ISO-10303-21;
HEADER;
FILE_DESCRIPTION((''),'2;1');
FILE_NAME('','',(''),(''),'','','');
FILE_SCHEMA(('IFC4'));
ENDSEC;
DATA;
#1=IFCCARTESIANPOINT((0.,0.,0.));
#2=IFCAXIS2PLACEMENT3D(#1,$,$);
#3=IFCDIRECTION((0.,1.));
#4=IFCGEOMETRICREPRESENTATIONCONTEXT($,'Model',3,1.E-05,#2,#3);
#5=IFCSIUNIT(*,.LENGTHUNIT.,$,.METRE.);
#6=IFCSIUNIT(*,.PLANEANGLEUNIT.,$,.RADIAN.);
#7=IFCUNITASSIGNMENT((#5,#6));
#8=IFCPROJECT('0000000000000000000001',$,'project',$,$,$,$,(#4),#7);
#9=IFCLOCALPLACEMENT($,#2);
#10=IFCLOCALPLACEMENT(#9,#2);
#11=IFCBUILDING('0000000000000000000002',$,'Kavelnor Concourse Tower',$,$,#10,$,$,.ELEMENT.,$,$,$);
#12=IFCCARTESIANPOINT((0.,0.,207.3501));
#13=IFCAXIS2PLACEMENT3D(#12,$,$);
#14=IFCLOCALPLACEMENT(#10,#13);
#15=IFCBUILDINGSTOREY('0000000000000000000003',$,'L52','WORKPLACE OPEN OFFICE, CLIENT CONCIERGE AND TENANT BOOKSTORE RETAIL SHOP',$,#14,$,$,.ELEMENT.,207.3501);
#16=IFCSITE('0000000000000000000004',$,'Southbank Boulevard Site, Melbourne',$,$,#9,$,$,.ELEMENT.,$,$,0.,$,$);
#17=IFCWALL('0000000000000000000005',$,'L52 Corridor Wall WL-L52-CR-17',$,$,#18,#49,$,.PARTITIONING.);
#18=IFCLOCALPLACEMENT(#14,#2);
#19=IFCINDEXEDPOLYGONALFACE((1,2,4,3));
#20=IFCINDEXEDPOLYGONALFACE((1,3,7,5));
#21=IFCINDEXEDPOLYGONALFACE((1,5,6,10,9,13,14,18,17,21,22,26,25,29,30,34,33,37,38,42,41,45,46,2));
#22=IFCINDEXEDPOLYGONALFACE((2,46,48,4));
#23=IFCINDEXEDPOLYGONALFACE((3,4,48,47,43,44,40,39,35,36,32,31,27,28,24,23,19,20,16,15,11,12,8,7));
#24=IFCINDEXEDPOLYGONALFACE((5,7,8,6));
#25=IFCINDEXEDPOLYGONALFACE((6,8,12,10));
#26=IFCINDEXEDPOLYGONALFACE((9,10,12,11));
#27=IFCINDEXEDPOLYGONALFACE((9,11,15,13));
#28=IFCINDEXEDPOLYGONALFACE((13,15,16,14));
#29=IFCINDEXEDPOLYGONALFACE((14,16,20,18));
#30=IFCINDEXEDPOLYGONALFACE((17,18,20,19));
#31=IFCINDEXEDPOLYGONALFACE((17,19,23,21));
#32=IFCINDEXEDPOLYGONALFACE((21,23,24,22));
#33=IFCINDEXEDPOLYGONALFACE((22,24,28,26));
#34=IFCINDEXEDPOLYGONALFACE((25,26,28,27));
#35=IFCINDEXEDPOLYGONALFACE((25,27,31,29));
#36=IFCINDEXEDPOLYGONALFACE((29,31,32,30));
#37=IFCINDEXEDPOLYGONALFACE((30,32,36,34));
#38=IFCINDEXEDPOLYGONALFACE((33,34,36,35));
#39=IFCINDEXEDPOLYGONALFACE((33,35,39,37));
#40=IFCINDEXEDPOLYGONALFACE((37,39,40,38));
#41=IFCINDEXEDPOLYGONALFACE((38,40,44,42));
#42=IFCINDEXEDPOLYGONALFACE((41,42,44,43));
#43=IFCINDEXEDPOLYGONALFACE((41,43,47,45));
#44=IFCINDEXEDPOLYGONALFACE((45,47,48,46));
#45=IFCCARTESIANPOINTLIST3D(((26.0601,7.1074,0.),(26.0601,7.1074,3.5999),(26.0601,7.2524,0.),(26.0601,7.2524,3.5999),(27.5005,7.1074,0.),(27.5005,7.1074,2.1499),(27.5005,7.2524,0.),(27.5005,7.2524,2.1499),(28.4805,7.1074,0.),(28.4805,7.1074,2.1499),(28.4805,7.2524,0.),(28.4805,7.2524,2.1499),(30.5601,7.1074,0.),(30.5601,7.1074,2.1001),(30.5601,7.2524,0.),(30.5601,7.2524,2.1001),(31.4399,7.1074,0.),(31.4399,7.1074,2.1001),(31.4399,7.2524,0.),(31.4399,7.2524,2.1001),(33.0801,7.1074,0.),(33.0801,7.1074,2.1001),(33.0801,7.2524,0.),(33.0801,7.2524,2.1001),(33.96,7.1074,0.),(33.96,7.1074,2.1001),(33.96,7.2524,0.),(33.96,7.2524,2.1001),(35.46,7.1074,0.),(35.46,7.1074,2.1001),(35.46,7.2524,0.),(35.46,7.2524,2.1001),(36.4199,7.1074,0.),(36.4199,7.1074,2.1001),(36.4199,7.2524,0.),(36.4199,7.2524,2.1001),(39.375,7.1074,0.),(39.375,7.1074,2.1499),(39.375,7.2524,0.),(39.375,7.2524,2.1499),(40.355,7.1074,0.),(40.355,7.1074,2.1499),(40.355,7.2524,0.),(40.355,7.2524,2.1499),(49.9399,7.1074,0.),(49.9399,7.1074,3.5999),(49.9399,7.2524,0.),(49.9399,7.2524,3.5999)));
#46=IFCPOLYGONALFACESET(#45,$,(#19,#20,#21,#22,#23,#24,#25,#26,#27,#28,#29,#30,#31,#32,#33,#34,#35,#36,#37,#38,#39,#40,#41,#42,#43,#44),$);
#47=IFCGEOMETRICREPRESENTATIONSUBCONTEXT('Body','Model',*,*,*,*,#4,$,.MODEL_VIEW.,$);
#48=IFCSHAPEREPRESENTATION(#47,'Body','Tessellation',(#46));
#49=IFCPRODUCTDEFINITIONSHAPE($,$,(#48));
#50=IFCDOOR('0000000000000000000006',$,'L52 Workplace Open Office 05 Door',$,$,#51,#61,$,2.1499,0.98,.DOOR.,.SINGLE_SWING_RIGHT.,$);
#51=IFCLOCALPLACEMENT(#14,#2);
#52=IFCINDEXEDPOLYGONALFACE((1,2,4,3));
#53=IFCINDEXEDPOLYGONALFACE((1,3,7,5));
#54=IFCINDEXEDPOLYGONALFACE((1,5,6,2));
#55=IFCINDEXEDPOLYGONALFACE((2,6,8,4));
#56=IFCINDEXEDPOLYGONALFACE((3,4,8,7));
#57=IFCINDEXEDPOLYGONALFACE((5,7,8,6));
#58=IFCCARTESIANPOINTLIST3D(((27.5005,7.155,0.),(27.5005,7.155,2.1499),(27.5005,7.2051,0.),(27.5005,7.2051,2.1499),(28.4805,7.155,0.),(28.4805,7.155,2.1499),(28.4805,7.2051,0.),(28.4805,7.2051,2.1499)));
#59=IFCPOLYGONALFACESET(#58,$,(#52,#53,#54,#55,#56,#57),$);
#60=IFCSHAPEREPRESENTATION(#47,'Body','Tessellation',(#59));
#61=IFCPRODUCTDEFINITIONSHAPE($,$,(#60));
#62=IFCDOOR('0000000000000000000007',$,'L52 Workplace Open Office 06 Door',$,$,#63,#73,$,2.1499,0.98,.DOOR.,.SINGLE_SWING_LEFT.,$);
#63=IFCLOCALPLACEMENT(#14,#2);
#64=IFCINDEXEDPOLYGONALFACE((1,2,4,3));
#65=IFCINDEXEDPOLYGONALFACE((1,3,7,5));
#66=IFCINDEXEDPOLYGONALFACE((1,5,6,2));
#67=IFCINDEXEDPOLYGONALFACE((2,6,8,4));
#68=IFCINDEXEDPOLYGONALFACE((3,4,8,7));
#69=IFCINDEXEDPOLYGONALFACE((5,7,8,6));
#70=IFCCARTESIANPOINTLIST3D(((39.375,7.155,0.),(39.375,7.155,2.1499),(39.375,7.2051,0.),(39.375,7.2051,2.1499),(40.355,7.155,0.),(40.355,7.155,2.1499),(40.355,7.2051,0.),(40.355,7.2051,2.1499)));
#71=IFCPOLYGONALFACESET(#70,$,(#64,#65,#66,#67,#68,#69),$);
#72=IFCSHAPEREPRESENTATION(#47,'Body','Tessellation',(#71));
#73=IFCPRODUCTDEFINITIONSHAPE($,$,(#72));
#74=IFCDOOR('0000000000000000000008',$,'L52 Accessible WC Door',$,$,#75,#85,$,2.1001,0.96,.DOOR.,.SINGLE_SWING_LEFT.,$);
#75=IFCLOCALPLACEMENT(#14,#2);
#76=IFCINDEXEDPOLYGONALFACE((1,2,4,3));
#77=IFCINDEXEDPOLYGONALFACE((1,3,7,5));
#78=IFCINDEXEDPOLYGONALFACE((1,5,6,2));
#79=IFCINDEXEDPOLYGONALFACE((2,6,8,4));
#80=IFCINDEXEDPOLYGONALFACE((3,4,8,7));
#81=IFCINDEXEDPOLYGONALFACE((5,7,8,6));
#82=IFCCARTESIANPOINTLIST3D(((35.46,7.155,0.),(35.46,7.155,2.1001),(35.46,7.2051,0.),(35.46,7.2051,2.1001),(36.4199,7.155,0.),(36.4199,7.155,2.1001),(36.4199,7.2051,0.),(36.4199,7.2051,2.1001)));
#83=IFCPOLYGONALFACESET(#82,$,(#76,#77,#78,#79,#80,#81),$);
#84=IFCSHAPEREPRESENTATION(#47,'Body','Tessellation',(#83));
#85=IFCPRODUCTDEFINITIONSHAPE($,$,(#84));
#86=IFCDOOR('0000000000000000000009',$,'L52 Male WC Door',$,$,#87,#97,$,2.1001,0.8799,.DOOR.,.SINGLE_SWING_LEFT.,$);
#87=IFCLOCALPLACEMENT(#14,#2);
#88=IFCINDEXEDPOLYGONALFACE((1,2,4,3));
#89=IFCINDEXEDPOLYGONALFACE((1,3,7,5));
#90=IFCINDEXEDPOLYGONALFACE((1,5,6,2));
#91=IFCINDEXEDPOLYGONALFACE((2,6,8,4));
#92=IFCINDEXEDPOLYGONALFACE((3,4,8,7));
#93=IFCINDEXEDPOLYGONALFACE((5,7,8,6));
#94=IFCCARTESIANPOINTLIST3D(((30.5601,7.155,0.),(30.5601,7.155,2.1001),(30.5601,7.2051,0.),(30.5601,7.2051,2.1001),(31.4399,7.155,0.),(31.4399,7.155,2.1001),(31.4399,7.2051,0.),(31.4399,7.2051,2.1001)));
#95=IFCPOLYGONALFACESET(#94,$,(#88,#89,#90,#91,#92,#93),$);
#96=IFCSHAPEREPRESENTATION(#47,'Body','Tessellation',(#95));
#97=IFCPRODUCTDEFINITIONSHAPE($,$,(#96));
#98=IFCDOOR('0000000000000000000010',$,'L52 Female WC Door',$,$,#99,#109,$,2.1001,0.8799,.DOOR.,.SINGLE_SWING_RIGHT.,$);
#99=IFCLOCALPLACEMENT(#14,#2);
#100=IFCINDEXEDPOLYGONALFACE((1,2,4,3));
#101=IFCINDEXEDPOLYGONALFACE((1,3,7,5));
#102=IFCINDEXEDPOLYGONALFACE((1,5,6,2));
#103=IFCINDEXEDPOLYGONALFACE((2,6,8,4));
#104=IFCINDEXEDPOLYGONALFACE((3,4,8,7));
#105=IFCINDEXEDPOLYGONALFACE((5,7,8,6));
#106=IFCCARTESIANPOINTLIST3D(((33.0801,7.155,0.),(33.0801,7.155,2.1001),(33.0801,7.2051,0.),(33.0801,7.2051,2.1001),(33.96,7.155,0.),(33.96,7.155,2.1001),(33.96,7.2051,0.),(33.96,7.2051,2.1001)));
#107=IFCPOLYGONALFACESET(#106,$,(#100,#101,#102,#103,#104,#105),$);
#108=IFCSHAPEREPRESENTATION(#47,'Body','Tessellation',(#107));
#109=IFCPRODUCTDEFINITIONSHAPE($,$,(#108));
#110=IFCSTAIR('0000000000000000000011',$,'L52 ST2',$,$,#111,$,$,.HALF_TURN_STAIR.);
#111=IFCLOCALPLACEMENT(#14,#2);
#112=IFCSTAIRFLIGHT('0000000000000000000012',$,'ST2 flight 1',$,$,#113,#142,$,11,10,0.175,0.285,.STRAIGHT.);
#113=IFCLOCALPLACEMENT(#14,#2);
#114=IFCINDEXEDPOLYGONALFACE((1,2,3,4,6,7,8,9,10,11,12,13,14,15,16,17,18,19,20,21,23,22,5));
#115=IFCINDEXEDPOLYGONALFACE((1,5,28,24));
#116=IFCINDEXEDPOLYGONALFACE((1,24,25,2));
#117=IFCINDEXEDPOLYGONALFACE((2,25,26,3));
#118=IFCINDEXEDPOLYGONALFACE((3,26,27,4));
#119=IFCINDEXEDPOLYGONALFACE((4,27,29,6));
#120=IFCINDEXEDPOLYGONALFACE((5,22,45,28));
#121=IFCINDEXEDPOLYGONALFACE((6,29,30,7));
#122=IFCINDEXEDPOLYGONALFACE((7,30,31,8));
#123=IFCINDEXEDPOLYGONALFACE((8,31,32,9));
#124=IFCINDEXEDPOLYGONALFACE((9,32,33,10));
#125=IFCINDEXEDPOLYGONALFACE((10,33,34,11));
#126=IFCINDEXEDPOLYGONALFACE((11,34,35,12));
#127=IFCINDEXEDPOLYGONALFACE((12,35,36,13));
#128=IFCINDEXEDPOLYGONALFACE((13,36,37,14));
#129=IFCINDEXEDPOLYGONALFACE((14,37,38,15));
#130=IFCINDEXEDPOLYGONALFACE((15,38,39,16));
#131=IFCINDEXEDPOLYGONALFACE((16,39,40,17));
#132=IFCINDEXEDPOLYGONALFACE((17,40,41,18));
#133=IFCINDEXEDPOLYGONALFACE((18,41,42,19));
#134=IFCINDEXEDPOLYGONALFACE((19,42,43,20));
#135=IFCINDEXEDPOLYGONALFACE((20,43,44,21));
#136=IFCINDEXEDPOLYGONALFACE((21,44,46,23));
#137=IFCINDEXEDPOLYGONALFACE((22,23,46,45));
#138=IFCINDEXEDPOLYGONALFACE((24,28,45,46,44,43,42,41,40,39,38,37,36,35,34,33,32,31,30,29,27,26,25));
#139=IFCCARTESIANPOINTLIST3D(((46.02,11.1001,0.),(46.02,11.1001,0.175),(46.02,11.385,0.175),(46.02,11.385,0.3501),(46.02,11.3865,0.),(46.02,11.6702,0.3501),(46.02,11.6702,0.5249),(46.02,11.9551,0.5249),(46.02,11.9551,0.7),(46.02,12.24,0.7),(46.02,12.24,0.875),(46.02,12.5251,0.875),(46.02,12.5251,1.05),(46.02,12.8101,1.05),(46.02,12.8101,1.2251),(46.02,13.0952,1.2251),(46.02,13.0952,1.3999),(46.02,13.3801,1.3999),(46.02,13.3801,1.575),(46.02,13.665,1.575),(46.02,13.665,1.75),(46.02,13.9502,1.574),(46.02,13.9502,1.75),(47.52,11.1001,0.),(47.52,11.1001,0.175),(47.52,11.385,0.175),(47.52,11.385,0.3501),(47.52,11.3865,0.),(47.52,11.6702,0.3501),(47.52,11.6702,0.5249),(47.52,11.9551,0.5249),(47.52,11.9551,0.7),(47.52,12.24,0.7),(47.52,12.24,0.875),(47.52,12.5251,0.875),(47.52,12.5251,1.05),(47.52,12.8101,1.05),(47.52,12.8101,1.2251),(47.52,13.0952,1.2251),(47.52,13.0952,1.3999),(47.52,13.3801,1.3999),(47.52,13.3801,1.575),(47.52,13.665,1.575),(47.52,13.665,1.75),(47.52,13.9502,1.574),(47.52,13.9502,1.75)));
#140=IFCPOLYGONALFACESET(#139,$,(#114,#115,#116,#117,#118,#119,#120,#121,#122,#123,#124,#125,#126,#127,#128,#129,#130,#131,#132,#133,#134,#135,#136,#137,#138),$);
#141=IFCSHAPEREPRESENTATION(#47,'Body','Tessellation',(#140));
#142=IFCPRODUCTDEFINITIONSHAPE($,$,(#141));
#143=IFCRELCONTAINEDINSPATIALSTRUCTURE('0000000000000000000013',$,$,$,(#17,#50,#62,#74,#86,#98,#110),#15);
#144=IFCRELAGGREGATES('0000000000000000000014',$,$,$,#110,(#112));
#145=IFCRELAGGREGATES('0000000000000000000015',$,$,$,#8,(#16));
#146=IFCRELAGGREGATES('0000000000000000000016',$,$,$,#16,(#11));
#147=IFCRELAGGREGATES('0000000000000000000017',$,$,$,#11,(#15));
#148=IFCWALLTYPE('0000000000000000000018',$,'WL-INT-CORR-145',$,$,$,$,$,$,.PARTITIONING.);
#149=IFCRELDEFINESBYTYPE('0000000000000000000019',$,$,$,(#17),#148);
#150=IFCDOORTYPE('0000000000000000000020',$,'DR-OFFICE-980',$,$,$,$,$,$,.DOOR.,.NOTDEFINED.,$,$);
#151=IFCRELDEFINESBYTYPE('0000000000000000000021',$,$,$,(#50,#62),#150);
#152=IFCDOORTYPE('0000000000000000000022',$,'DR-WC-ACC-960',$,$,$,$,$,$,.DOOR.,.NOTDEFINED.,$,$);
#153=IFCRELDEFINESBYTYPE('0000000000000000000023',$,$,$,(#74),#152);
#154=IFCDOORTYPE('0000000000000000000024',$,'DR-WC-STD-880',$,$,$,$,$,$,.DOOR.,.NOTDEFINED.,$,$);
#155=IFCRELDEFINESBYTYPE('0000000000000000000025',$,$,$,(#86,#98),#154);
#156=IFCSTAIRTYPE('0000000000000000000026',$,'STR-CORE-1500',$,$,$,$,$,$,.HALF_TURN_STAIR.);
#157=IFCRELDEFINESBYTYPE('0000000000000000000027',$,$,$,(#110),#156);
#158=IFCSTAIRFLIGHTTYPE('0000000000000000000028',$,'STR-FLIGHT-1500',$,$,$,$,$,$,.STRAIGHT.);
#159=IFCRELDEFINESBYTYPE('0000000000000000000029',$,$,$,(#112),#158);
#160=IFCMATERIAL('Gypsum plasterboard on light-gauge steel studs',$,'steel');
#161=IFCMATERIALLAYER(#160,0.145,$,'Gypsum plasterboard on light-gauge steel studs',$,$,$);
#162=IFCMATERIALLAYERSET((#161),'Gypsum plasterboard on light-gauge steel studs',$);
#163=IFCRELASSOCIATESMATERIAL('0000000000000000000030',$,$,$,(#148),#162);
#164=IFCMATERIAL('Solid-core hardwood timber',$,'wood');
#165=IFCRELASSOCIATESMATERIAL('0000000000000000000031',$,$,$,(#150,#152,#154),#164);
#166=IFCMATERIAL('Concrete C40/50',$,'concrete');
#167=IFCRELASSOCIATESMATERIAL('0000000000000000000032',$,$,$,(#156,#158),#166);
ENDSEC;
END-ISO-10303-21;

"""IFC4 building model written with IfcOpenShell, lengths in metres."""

from ifc_helpers import new_model, si_unit, direction, frame, frame_2d, origin, place, context, subcontext, project, spatial, polyline, rectangle, outline, extrude, material, layer, layer_set, type_object, element, fill, aggregate, save


model = new_model("IFC4")

# Units and contexts
model_context = context("Model", 3, precision=1e-05, world=origin(), true_north=direction((0.0, 1.0)))
body_context = subcontext(model_context, "Body", "Model", "MODEL_VIEW")
ifc_project = project(units=[si_unit("LENGTHUNIT", "METRE"), si_unit("PLANEANGLEUNIT", "RADIAN")], contexts=[model_context])

# Site, building, storey
site_placement = place(None, origin())
site = spatial("IfcSite", under=ifc_project, at=site_placement, Name="Southbank Boulevard Site, Melbourne", CompositionType="ELEMENT", RefElevation=0.0)
building_placement = place(site_placement, origin())
building = spatial("IfcBuilding", under=site, at=building_placement, Name="Kavelnor Concourse Tower", CompositionType="ELEMENT")
storey_placement = place(building_placement, frame((0.0, 0.0, 207.3501)))
storey = spatial("IfcBuildingStorey", under=building, at=storey_placement, Name="L52", Description="WORKPLACE OPEN OFFICE, CLIENT CONCIERGE AND TENANT BOOKSTORE RETAIL SHOP", CompositionType="ELEMENT", Elevation=207.3501)

# Shared definitions
ifc_material_1 = material(Name="Gypsum plasterboard on light-gauge steel studs", Category="steel")
ifc_layer_1 = layer(ifc_material_1, 0.145, Name="Gypsum plasterboard on light-gauge steel studs")
ifc_layer_set_1 = layer_set([ifc_layer_1], Name="Gypsum plasterboard on light-gauge steel studs")
wall_type_1 = type_object("IfcWallType", Name="WL-INT-CORR-145", PredefinedType="PARTITIONING", material=ifc_layer_set_1)

# Wall, openings, doors
wall_1_placement = place(storey_placement, frame((49.9399, 7.1799, 0.0), z_axis=(0.0, 0.0, 1.0), x_axis=(-1.0, 0.0, 0.0)))
wall_1 = element("IfcWall", 1, at=wall_1_placement, inside=storey, type_object=wall_type_1, Name="L52 Corridor Wall WL-L52-CR-17", PredefinedType="PARTITIONING", context=body_context, shape_type="SweptSolid", body=[
    extrude(rectangle(XDim=23.8799, YDim=0.145, at=frame_2d((11.9399, 0.0))), origin(), (0.0, 0.0, 1.0), 3.5999),
])
opening_1_placement = place(wall_1_placement, frame((18.5, 0.0, 0.0)))
opening_1 = element("IfcOpeningElement", 2, at=opening_1_placement, cuts=wall_1, PredefinedType="OPENING", context=body_context, shape_type="SweptSolid", body=[
    extrude(rectangle(XDim=0.8799, YDim=2.1001, at=frame_2d((0.4399, 1.05))), frame((0.0, 0.0825, 0.0), z_axis=(0.0, -1.0, 0.0), x_axis=(1.0, 0.0, 0.0)), (0.0, 0.0, 1.0), 0.165),
])
opening_2_placement = place(wall_1_placement, frame((15.98, 0.0, 0.0)))
opening_2 = element("IfcOpeningElement", 3, at=opening_2_placement, cuts=wall_1, PredefinedType="OPENING", context=body_context, shape_type="SweptSolid", body=[
    extrude(rectangle(XDim=0.8799, YDim=2.1001, at=frame_2d((0.4399, 1.05))), frame((0.0, 0.0825, 0.0), z_axis=(0.0, -1.0, 0.0), x_axis=(1.0, 0.0, 0.0)), (0.0, 0.0, 1.0), 0.165),
])
opening_3_placement = place(wall_1_placement, frame((13.52, 0.0, 0.0)))
opening_3 = element("IfcOpeningElement", 4, at=opening_3_placement, cuts=wall_1, PredefinedType="OPENING", context=body_context, shape_type="SweptSolid", body=[
    extrude(rectangle(XDim=0.96, YDim=2.1001, at=frame_2d((0.48, 1.05))), frame((0.0, 0.0825, 0.0), z_axis=(0.0, -1.0, 0.0), x_axis=(1.0, 0.0, 0.0)), (0.0, 0.0, 1.0), 0.165),
])
opening_4_placement = place(wall_1_placement, frame((21.4595, 0.0, 0.0)))
opening_4 = element("IfcOpeningElement", 5, at=opening_4_placement, cuts=wall_1, PredefinedType="OPENING", context=body_context, shape_type="SweptSolid", body=[
    extrude(rectangle(XDim=0.98, YDim=2.1499, at=frame_2d((0.49, 1.075))), frame((0.0, 0.0825, 0.0), z_axis=(0.0, -1.0, 0.0), x_axis=(1.0, 0.0, 0.0)), (0.0, 0.0, 1.0), 0.165),
])
opening_5_placement = place(wall_1_placement, frame((9.585, 0.0, 0.0)))
opening_5 = element("IfcOpeningElement", 6, at=opening_5_placement, cuts=wall_1, PredefinedType="OPENING", context=body_context, shape_type="SweptSolid", body=[
    extrude(rectangle(XDim=0.98, YDim=2.1499, at=frame_2d((0.49, 1.075))), frame((0.0, 0.0825, 0.0), z_axis=(0.0, -1.0, 0.0), x_axis=(1.0, 0.0, 0.0)), (0.0, 0.0, 1.0), 0.165),
])
ifc_material_2 = material(Name="Solid-core hardwood timber", Category="wood")
door_type_1 = type_object("IfcDoorType", Name="DR-OFFICE-980", OperationType="NOTDEFINED", PredefinedType="DOOR", material=ifc_material_2)
door_1_placement = place(opening_4_placement, origin())
door_1 = element("IfcDoor", 7, at=door_1_placement, inside=storey, type_object=door_type_1, Name="L52 Workplace Open Office 05 Door", OperationType="SINGLE_SWING_RIGHT", OverallHeight=2.1499, OverallWidth=0.98, PredefinedType="DOOR", context=body_context, shape_type="SweptSolid", body=[
    extrude(rectangle(XDim=0.98, YDim=2.1499, at=frame_2d((0.49, 1.075))), frame((0.0, 0.0249, 0.0), z_axis=(0.0, -1.0, 0.0), x_axis=(1.0, 0.0, 0.0)), (0.0, 0.0, 1.0), 0.05),
])
fill(opening_4, door_1)
door_2_placement = place(opening_5_placement, origin())
door_2 = element("IfcDoor", 8, at=door_2_placement, inside=storey, type_object=door_type_1, Name="L52 Workplace Open Office 06 Door", OperationType="SINGLE_SWING_LEFT", OverallHeight=2.1499, OverallWidth=0.98, PredefinedType="DOOR", context=body_context, shape_type="SweptSolid", body=[
    extrude(rectangle(XDim=0.98, YDim=2.1499, at=frame_2d((0.49, 1.075))), frame((0.0, 0.0249, 0.0), z_axis=(0.0, -1.0, 0.0), x_axis=(1.0, 0.0, 0.0)), (0.0, 0.0, 1.0), 0.05),
])
fill(opening_5, door_2)
door_type_2 = type_object("IfcDoorType", Name="DR-WC-ACC-960", OperationType="NOTDEFINED", PredefinedType="DOOR", material=ifc_material_2)
door_3_placement = place(opening_3_placement, origin())
door_3 = element("IfcDoor", 9, at=door_3_placement, inside=storey, type_object=door_type_2, Name="L52 Accessible WC Door", OperationType="SINGLE_SWING_LEFT", OverallHeight=2.1001, OverallWidth=0.96, PredefinedType="DOOR", context=body_context, shape_type="SweptSolid", body=[
    extrude(rectangle(XDim=0.96, YDim=2.1001, at=frame_2d((0.48, 1.05))), frame((0.0, 0.0249, 0.0), z_axis=(0.0, -1.0, 0.0), x_axis=(1.0, 0.0, 0.0)), (0.0, 0.0, 1.0), 0.05),
])
fill(opening_3, door_3)
door_type_3 = type_object("IfcDoorType", Name="DR-WC-STD-880", OperationType="NOTDEFINED", PredefinedType="DOOR", material=ifc_material_2)
door_4_placement = place(opening_1_placement, origin())
door_4 = element("IfcDoor", 10, at=door_4_placement, inside=storey, type_object=door_type_3, Name="L52 Male WC Door", OperationType="SINGLE_SWING_LEFT", OverallHeight=2.1001, OverallWidth=0.8799, PredefinedType="DOOR", context=body_context, shape_type="SweptSolid", body=[
    extrude(rectangle(XDim=0.8799, YDim=2.1001, at=frame_2d((0.4399, 1.05))), frame((0.0, 0.0249, 0.0), z_axis=(0.0, -1.0, 0.0), x_axis=(1.0, 0.0, 0.0)), (0.0, 0.0, 1.0), 0.05),
])
fill(opening_1, door_4)
door_5_placement = place(opening_2_placement, origin())
door_5 = element("IfcDoor", 11, at=door_5_placement, inside=storey, type_object=door_type_3, Name="L52 Female WC Door", OperationType="SINGLE_SWING_RIGHT", OverallHeight=2.1001, OverallWidth=0.8799, PredefinedType="DOOR", context=body_context, shape_type="SweptSolid", body=[
    extrude(rectangle(XDim=0.8799, YDim=2.1001, at=frame_2d((0.4399, 1.05))), frame((0.0, 0.0249, 0.0), z_axis=(0.0, -1.0, 0.0), x_axis=(1.0, 0.0, 0.0)), (0.0, 0.0, 1.0), 0.05),
])
fill(opening_2, door_5)

# Stair, stair flight
ifc_material_3 = material(Name="Concrete C40/50", Category="concrete")
stair_type = type_object("IfcStairType", Name="STR-CORE-1500", PredefinedType="HALF_TURN_STAIR", material=ifc_material_3)
stair_placement = place(storey_placement, origin())
stair = element("IfcStair", 12, at=stair_placement, inside=storey, type_object=stair_type, Name="L52 ST2", PredefinedType="HALF_TURN_STAIR")
stair_flight_type = type_object("IfcStairFlightType", Name="STR-FLIGHT-1500", PredefinedType="STRAIGHT", material=ifc_material_3)
stair_flight_placement = place(storey_placement, frame((46.77, 11.1001, 0.0), z_axis=(0.0, 0.0, 1.0), x_axis=(0.0, 1.0, 0.0)))
stair_flight = element("IfcStairFlight", 13, at=stair_flight_placement, type_object=stair_flight_type, Name="ST2 flight 1", NumberOfRisers=11, NumberOfTreads=10, PredefinedType="STRAIGHT", RiserHeight=0.175, TreadLength=0.285, context=body_context, shape_type="SweptSolid", body=[
    extrude(outline(polyline([(0.0, 0.0), (0.0, 0.175), (0.2849, 0.175), (0.2849, 0.3501), (0.5701, 0.3501), (0.5701, 0.5249), (0.855, 0.5249), (0.855, 0.7), (1.1399, 0.7), (1.1399, 0.875), (1.425, 0.875), (1.425, 1.05), (1.71, 1.05), (1.71, 1.2251), (1.9951, 1.2251), (1.9951, 1.3999), (2.28, 1.3999), (2.28, 1.575), (2.5649, 1.575), (2.5649, 1.75), (2.8501, 1.75), (2.8501, 1.925), (2.8501, 1.574), (0.2864, 0.0), (0.0, 0.0)])), frame((0.0, 0.75, 0.0), z_axis=(0.0, -1.0, 0.0), x_axis=(1.0, 0.0, 0.0)), (0.0, 0.0, 1.0), 1.5),
])
aggregate(stair, [stair_flight])

save(model, "model.ifc")
